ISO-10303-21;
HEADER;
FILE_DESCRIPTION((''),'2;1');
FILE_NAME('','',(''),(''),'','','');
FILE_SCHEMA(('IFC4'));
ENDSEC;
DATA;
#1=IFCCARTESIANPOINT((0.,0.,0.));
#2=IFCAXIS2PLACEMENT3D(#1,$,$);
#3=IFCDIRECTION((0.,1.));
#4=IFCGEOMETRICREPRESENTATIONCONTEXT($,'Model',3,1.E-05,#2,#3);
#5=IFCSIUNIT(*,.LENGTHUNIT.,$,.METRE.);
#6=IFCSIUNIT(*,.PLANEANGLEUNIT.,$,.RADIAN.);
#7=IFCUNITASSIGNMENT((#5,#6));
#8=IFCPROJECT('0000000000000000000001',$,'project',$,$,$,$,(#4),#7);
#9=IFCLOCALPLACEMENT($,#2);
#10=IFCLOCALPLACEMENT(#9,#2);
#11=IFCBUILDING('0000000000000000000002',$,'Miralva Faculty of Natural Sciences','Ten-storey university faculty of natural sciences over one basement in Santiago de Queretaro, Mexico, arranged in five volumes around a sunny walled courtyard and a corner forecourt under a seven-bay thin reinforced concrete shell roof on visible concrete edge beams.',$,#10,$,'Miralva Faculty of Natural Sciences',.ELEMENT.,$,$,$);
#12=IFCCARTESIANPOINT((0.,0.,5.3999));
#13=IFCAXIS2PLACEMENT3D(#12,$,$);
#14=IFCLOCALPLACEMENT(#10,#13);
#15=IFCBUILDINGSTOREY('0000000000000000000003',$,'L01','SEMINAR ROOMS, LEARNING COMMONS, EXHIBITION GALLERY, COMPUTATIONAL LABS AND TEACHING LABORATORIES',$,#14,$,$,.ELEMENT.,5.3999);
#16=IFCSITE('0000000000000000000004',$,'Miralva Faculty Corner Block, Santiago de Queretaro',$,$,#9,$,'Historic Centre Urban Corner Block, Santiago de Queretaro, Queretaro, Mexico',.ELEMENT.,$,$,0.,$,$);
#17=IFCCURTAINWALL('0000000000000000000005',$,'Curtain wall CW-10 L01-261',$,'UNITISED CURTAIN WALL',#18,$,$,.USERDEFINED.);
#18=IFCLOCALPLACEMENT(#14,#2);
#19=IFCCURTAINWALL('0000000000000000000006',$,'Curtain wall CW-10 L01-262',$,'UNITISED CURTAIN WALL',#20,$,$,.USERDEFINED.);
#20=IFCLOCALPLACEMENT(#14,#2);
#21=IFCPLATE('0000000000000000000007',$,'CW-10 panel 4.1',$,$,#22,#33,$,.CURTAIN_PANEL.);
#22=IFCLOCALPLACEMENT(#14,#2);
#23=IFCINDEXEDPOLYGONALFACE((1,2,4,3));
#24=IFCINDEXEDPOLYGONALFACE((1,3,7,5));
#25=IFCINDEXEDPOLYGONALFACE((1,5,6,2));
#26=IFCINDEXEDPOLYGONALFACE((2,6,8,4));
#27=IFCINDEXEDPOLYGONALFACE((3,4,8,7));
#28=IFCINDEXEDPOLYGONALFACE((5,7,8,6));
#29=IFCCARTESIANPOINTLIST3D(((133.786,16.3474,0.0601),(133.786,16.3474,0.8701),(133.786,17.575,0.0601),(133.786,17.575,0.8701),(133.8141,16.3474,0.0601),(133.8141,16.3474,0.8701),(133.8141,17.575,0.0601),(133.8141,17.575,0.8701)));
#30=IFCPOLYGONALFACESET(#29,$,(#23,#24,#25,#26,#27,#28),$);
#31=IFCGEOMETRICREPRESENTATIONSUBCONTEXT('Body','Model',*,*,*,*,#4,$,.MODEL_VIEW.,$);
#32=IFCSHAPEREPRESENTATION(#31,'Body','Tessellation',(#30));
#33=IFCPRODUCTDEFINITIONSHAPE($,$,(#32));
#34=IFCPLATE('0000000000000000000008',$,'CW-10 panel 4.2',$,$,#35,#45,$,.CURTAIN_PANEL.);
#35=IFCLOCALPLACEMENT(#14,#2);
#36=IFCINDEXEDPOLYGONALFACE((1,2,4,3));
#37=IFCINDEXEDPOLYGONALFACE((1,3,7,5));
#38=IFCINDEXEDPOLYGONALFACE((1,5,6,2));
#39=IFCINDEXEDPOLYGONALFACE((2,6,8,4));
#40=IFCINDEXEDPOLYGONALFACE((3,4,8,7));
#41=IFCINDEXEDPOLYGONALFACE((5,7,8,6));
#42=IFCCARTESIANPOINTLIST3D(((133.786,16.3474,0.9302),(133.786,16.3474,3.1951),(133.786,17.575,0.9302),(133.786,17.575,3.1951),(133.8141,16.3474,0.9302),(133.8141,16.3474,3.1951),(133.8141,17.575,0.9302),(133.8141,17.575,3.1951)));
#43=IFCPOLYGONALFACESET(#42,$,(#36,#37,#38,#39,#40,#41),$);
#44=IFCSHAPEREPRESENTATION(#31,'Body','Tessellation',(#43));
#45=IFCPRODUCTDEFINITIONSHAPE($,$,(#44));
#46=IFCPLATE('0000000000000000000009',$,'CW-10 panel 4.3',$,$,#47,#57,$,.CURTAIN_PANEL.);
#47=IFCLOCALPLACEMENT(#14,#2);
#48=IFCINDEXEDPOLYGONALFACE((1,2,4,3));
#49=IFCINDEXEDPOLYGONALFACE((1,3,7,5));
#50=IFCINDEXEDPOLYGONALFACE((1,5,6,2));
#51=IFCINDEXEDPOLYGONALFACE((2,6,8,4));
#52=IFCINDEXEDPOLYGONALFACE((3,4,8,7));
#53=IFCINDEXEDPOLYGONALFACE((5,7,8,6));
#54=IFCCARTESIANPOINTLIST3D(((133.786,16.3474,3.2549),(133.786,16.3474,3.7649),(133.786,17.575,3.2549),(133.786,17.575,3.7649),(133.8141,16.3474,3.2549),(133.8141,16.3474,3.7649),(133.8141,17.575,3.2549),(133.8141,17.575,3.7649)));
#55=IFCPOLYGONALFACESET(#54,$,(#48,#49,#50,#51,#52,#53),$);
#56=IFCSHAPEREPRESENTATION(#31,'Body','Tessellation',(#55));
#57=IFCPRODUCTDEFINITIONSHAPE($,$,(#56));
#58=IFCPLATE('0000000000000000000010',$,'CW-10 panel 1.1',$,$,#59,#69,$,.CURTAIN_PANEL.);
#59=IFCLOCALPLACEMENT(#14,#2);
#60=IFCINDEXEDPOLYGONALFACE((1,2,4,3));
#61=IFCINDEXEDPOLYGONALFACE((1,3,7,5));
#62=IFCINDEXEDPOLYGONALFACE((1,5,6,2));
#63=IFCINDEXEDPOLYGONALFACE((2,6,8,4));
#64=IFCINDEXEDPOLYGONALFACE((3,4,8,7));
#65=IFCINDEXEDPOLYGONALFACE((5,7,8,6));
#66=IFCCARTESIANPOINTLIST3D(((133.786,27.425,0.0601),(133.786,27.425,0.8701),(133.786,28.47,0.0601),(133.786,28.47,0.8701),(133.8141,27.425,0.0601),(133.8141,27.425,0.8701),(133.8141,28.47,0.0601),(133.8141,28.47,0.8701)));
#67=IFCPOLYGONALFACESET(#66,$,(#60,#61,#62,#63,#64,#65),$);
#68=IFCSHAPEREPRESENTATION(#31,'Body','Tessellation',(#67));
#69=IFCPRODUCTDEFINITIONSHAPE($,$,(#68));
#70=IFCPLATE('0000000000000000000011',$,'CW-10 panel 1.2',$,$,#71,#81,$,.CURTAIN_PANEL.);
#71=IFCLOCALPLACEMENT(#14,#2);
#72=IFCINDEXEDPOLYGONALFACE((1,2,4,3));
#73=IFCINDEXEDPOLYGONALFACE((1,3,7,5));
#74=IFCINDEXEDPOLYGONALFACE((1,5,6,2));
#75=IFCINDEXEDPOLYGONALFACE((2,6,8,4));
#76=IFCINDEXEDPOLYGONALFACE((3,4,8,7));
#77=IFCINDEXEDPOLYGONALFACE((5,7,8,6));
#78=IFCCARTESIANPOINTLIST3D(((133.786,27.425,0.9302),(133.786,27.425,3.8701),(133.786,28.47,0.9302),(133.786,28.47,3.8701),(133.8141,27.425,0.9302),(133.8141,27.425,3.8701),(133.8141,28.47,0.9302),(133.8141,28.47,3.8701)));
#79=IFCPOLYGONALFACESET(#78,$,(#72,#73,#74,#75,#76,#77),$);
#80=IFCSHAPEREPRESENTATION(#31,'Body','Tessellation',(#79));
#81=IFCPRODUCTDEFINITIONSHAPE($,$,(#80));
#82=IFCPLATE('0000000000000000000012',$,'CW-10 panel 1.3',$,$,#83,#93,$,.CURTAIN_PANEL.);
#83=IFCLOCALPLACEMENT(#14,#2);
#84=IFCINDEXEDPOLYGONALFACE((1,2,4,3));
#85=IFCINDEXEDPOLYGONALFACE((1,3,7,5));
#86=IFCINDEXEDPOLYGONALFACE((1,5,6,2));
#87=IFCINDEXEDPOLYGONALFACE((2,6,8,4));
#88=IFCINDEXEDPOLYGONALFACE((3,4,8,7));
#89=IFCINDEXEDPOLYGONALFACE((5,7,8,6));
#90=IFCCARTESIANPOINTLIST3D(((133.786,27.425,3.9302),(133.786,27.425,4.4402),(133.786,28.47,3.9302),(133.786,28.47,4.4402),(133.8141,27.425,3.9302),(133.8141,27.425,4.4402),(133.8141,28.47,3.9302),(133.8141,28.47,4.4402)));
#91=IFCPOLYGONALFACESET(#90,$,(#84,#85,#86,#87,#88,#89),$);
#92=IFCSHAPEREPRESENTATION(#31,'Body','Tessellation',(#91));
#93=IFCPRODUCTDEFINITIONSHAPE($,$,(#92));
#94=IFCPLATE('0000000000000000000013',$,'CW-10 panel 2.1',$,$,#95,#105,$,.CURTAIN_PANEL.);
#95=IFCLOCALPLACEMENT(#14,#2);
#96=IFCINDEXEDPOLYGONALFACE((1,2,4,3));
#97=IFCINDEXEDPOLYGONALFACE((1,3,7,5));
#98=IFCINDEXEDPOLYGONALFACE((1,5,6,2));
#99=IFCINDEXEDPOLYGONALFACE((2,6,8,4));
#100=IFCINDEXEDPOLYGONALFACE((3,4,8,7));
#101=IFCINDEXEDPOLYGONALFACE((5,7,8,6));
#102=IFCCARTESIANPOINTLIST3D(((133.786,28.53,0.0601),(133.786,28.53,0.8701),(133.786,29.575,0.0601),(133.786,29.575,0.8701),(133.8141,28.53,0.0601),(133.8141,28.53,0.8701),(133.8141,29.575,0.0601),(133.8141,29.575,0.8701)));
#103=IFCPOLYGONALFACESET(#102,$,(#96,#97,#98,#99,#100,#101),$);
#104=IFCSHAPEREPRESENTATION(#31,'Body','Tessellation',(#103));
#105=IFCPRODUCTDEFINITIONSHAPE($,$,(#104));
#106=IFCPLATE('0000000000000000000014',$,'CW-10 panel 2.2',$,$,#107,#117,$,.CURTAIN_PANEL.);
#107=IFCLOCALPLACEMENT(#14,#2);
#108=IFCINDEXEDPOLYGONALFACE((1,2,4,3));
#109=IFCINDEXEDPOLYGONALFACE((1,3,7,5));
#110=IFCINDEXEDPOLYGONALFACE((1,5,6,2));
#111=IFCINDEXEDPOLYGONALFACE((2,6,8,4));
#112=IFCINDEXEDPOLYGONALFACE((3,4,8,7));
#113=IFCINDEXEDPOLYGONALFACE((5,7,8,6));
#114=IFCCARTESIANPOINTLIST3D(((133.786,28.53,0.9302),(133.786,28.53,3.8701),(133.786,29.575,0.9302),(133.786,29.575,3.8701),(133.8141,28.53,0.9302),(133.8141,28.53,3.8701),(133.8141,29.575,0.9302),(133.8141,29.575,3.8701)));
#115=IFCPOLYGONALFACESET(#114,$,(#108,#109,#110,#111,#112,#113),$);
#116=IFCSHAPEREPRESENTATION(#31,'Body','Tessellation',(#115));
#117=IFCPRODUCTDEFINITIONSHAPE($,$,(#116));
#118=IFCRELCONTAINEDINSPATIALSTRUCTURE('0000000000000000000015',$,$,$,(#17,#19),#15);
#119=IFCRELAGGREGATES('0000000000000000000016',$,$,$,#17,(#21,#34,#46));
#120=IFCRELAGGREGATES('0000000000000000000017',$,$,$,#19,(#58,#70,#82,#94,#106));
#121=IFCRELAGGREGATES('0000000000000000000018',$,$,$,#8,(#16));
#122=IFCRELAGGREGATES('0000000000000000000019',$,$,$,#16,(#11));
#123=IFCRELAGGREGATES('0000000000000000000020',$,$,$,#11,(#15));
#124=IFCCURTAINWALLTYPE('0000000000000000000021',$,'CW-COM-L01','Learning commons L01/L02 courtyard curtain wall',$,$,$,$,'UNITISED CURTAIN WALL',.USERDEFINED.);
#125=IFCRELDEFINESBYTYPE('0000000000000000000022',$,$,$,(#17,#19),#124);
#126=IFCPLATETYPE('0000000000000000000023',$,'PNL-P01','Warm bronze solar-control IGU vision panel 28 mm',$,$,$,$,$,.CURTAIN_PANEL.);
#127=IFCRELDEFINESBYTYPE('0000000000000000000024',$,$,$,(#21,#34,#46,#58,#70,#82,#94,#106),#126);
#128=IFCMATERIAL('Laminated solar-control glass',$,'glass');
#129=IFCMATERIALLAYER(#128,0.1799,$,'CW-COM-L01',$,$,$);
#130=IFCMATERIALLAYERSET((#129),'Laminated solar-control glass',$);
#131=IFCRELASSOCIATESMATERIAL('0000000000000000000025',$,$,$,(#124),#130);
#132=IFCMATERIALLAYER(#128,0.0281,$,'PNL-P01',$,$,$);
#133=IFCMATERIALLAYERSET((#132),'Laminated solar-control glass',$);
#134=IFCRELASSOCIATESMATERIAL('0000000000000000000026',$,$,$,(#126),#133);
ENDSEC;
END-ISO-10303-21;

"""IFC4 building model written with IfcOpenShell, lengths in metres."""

from ifc_helpers import new_model, si_unit, direction, frame, origin, origin_2d, place, context, subcontext, project, spatial, rectangle, extrude, material, layer, layer_set, type_object, element, aggregate, save


model = new_model("IFC4")

# Units and contexts
model_context = context("Model", 3, precision=1e-05, world=origin(), true_north=direction((0.0, 1.0)))
body_context = subcontext(model_context, "Body", "Model", "MODEL_VIEW")
ifc_project = project(units=[si_unit("LENGTHUNIT", "METRE"), si_unit("PLANEANGLEUNIT", "RADIAN")], contexts=[model_context])

# Site, building, storey
site_placement = place(None, origin())
site = spatial("IfcSite", under=ifc_project, at=site_placement, Name="Miralva Faculty Corner Block, Santiago de Queretaro", LongName="Historic Centre Urban Corner Block, Santiago de Queretaro, Queretaro, Mexico", CompositionType="ELEMENT", RefElevation=0.0)
building_placement = place(site_placement, origin())
building = spatial("IfcBuilding", under=site, at=building_placement, Name="Miralva Faculty of Natural Sciences", Description="Ten-storey university faculty of natural sciences over one basement in Santiago de Queretaro, Mexico, arranged in five volumes around a sunny walled courtyard and a corner forecourt under a seven-bay thin reinforced concrete shell roof on visible concrete edge beams.", LongName="Miralva Faculty of Natural Sciences", CompositionType="ELEMENT")
storey_placement = place(building_placement, frame((0.0, 0.0, 5.3999)))
storey = spatial("IfcBuildingStorey", under=building, at=storey_placement, Name="L01", Description="SEMINAR ROOMS, LEARNING COMMONS, EXHIBITION GALLERY, COMPUTATIONAL LABS AND TEACHING LABORATORIES", CompositionType="ELEMENT", Elevation=5.3999)

# Curtain walls
ifc_material_1 = material(Name="Laminated solar-control glass", Category="glass")
ifc_layer_1 = layer(ifc_material_1, 0.1799, Name="CW-COM-L01")
ifc_layer_set_1 = layer_set([ifc_layer_1], Name="Laminated solar-control glass")
curtain_wall_type = type_object("IfcCurtainWallType", Name="CW-COM-L01", Description="Learning commons L01/L02 courtyard curtain wall", ElementType="UNITISED CURTAIN WALL", PredefinedType="USERDEFINED", material=ifc_layer_set_1)
curtain_wall_1_placement = place(storey_placement, origin())
curtain_wall_1 = element("IfcCurtainWall", 1, at=curtain_wall_1_placement, inside=storey, type_object=curtain_wall_type, Name="Curtain wall CW-10 L01-261", ObjectType="UNITISED CURTAIN WALL", PredefinedType="USERDEFINED")
curtain_wall_2_placement = place(storey_placement, origin())
curtain_wall_2 = element("IfcCurtainWall", 2, at=curtain_wall_2_placement, inside=storey, type_object=curtain_wall_type, Name="Curtain wall CW-10 L01-262", ObjectType="UNITISED CURTAIN WALL", PredefinedType="USERDEFINED")

# Plates
ifc_layer_2 = layer(ifc_material_1, 0.0281, Name="PNL-P01")
ifc_layer_set_2 = layer_set([ifc_layer_2], Name="Laminated solar-control glass")
plate_type = type_object("IfcPlateType", Name="PNL-P01", Description="Warm bronze solar-control IGU vision panel 28 mm", PredefinedType="CURTAIN_PANEL", material=ifc_layer_set_2)
plate_1_placement = place(storey_placement, frame((133.8, 16.9612, 0.0601), z_axis=(0.0, 0.0, 1.0), x_axis=(0.0, 1.0, 0.0)))
plate_1 = element("IfcPlate", 3, at=plate_1_placement, type_object=plate_type, Name="CW-10 panel 4.1", PredefinedType="CURTAIN_PANEL", context=body_context, shape_type="SweptSolid", body=[
    extrude(rectangle(XDim=1.2275, YDim=0.0281, at=origin_2d()), origin(), (0.0, 0.0, 1.0), 0.8101),
])
plate_2_placement = place(storey_placement, frame((133.8, 16.9612, 0.9302), z_axis=(0.0, 0.0, 1.0), x_axis=(0.0, 1.0, 0.0)))
plate_2 = element("IfcPlate", 4, at=plate_2_placement, type_object=plate_type, Name="CW-10 panel 4.2", PredefinedType="CURTAIN_PANEL", context=body_context, shape_type="SweptSolid", body=[
    extrude(rectangle(XDim=1.2275, YDim=0.0281, at=origin_2d()), origin(), (0.0, 0.0, 1.0), 2.2649),
])
plate_3_placement = place(storey_placement, frame((133.8, 16.9612, 3.2549), z_axis=(0.0, 0.0, 1.0), x_axis=(0.0, 1.0, 0.0)))
plate_3 = element("IfcPlate", 5, at=plate_3_placement, type_object=plate_type, Name="CW-10 panel 4.3", PredefinedType="CURTAIN_PANEL", context=body_context, shape_type="SweptSolid", body=[
    extrude(rectangle(XDim=1.2275, YDim=0.0281, at=origin_2d()), origin(), (0.0, 0.0, 1.0), 0.51),
])
aggregate(curtain_wall_1, [plate_1, plate_2, plate_3])
plate_4_placement = place(storey_placement, frame((133.8, 27.9475, 0.0601), z_axis=(0.0, 0.0, 1.0), x_axis=(0.0, 1.0, 0.0)))
plate_4 = element("IfcPlate", 6, at=plate_4_placement, type_object=plate_type, Name="CW-10 panel 1.1", PredefinedType="CURTAIN_PANEL", context=body_context, shape_type="SweptSolid", body=[
    extrude(rectangle(XDim=1.0449, YDim=0.0281, at=origin_2d()), origin(), (0.0, 0.0, 1.0), 0.8101),
])
plate_5_placement = place(storey_placement, frame((133.8, 27.9475, 0.9302), z_axis=(0.0, 0.0, 1.0), x_axis=(0.0, 1.0, 0.0)))
plate_5 = element("IfcPlate", 7, at=plate_5_placement, type_object=plate_type, Name="CW-10 panel 1.2", PredefinedType="CURTAIN_PANEL", context=body_context, shape_type="SweptSolid", body=[
    extrude(rectangle(XDim=1.0449, YDim=0.0281, at=origin_2d()), origin(), (0.0, 0.0, 1.0), 2.9399),
])
plate_6_placement = place(storey_placement, frame((133.8, 27.9475, 3.9302), z_axis=(0.0, 0.0, 1.0), x_axis=(0.0, 1.0, 0.0)))
plate_6 = element("IfcPlate", 8, at=plate_6_placement, type_object=plate_type, Name="CW-10 panel 1.3", PredefinedType="CURTAIN_PANEL", context=body_context, shape_type="SweptSolid", body=[
    extrude(rectangle(XDim=1.0449, YDim=0.0281, at=origin_2d()), origin(), (0.0, 0.0, 1.0), 0.51),
])
plate_7_placement = place(storey_placement, frame((133.8, 29.0525, 0.0601), z_axis=(0.0, 0.0, 1.0), x_axis=(0.0, 1.0, 0.0)))
plate_7 = element("IfcPlate", 9, at=plate_7_placement, type_object=plate_type, Name="CW-10 panel 2.1", PredefinedType="CURTAIN_PANEL", context=body_context, shape_type="SweptSolid", body=[
    extrude(rectangle(XDim=1.0449, YDim=0.0281, at=origin_2d()), origin(), (0.0, 0.0, 1.0), 0.8101),
])
plate_8_placement = place(storey_placement, frame((133.8, 29.0525, 0.9302), z_axis=(0.0, 0.0, 1.0), x_axis=(0.0, 1.0, 0.0)))
plate_8 = element("IfcPlate", 10, at=plate_8_placement, type_object=plate_type, Name="CW-10 panel 2.2", PredefinedType="CURTAIN_PANEL", context=body_context, shape_type="SweptSolid", body=[
    extrude(rectangle(XDim=1.0449, YDim=0.0281, at=origin_2d()), origin(), (0.0, 0.0, 1.0), 2.9399),
])
aggregate(curtain_wall_2, [plate_4, plate_5, plate_6, plate_7, plate_8])

save(model, "model.ifc")
